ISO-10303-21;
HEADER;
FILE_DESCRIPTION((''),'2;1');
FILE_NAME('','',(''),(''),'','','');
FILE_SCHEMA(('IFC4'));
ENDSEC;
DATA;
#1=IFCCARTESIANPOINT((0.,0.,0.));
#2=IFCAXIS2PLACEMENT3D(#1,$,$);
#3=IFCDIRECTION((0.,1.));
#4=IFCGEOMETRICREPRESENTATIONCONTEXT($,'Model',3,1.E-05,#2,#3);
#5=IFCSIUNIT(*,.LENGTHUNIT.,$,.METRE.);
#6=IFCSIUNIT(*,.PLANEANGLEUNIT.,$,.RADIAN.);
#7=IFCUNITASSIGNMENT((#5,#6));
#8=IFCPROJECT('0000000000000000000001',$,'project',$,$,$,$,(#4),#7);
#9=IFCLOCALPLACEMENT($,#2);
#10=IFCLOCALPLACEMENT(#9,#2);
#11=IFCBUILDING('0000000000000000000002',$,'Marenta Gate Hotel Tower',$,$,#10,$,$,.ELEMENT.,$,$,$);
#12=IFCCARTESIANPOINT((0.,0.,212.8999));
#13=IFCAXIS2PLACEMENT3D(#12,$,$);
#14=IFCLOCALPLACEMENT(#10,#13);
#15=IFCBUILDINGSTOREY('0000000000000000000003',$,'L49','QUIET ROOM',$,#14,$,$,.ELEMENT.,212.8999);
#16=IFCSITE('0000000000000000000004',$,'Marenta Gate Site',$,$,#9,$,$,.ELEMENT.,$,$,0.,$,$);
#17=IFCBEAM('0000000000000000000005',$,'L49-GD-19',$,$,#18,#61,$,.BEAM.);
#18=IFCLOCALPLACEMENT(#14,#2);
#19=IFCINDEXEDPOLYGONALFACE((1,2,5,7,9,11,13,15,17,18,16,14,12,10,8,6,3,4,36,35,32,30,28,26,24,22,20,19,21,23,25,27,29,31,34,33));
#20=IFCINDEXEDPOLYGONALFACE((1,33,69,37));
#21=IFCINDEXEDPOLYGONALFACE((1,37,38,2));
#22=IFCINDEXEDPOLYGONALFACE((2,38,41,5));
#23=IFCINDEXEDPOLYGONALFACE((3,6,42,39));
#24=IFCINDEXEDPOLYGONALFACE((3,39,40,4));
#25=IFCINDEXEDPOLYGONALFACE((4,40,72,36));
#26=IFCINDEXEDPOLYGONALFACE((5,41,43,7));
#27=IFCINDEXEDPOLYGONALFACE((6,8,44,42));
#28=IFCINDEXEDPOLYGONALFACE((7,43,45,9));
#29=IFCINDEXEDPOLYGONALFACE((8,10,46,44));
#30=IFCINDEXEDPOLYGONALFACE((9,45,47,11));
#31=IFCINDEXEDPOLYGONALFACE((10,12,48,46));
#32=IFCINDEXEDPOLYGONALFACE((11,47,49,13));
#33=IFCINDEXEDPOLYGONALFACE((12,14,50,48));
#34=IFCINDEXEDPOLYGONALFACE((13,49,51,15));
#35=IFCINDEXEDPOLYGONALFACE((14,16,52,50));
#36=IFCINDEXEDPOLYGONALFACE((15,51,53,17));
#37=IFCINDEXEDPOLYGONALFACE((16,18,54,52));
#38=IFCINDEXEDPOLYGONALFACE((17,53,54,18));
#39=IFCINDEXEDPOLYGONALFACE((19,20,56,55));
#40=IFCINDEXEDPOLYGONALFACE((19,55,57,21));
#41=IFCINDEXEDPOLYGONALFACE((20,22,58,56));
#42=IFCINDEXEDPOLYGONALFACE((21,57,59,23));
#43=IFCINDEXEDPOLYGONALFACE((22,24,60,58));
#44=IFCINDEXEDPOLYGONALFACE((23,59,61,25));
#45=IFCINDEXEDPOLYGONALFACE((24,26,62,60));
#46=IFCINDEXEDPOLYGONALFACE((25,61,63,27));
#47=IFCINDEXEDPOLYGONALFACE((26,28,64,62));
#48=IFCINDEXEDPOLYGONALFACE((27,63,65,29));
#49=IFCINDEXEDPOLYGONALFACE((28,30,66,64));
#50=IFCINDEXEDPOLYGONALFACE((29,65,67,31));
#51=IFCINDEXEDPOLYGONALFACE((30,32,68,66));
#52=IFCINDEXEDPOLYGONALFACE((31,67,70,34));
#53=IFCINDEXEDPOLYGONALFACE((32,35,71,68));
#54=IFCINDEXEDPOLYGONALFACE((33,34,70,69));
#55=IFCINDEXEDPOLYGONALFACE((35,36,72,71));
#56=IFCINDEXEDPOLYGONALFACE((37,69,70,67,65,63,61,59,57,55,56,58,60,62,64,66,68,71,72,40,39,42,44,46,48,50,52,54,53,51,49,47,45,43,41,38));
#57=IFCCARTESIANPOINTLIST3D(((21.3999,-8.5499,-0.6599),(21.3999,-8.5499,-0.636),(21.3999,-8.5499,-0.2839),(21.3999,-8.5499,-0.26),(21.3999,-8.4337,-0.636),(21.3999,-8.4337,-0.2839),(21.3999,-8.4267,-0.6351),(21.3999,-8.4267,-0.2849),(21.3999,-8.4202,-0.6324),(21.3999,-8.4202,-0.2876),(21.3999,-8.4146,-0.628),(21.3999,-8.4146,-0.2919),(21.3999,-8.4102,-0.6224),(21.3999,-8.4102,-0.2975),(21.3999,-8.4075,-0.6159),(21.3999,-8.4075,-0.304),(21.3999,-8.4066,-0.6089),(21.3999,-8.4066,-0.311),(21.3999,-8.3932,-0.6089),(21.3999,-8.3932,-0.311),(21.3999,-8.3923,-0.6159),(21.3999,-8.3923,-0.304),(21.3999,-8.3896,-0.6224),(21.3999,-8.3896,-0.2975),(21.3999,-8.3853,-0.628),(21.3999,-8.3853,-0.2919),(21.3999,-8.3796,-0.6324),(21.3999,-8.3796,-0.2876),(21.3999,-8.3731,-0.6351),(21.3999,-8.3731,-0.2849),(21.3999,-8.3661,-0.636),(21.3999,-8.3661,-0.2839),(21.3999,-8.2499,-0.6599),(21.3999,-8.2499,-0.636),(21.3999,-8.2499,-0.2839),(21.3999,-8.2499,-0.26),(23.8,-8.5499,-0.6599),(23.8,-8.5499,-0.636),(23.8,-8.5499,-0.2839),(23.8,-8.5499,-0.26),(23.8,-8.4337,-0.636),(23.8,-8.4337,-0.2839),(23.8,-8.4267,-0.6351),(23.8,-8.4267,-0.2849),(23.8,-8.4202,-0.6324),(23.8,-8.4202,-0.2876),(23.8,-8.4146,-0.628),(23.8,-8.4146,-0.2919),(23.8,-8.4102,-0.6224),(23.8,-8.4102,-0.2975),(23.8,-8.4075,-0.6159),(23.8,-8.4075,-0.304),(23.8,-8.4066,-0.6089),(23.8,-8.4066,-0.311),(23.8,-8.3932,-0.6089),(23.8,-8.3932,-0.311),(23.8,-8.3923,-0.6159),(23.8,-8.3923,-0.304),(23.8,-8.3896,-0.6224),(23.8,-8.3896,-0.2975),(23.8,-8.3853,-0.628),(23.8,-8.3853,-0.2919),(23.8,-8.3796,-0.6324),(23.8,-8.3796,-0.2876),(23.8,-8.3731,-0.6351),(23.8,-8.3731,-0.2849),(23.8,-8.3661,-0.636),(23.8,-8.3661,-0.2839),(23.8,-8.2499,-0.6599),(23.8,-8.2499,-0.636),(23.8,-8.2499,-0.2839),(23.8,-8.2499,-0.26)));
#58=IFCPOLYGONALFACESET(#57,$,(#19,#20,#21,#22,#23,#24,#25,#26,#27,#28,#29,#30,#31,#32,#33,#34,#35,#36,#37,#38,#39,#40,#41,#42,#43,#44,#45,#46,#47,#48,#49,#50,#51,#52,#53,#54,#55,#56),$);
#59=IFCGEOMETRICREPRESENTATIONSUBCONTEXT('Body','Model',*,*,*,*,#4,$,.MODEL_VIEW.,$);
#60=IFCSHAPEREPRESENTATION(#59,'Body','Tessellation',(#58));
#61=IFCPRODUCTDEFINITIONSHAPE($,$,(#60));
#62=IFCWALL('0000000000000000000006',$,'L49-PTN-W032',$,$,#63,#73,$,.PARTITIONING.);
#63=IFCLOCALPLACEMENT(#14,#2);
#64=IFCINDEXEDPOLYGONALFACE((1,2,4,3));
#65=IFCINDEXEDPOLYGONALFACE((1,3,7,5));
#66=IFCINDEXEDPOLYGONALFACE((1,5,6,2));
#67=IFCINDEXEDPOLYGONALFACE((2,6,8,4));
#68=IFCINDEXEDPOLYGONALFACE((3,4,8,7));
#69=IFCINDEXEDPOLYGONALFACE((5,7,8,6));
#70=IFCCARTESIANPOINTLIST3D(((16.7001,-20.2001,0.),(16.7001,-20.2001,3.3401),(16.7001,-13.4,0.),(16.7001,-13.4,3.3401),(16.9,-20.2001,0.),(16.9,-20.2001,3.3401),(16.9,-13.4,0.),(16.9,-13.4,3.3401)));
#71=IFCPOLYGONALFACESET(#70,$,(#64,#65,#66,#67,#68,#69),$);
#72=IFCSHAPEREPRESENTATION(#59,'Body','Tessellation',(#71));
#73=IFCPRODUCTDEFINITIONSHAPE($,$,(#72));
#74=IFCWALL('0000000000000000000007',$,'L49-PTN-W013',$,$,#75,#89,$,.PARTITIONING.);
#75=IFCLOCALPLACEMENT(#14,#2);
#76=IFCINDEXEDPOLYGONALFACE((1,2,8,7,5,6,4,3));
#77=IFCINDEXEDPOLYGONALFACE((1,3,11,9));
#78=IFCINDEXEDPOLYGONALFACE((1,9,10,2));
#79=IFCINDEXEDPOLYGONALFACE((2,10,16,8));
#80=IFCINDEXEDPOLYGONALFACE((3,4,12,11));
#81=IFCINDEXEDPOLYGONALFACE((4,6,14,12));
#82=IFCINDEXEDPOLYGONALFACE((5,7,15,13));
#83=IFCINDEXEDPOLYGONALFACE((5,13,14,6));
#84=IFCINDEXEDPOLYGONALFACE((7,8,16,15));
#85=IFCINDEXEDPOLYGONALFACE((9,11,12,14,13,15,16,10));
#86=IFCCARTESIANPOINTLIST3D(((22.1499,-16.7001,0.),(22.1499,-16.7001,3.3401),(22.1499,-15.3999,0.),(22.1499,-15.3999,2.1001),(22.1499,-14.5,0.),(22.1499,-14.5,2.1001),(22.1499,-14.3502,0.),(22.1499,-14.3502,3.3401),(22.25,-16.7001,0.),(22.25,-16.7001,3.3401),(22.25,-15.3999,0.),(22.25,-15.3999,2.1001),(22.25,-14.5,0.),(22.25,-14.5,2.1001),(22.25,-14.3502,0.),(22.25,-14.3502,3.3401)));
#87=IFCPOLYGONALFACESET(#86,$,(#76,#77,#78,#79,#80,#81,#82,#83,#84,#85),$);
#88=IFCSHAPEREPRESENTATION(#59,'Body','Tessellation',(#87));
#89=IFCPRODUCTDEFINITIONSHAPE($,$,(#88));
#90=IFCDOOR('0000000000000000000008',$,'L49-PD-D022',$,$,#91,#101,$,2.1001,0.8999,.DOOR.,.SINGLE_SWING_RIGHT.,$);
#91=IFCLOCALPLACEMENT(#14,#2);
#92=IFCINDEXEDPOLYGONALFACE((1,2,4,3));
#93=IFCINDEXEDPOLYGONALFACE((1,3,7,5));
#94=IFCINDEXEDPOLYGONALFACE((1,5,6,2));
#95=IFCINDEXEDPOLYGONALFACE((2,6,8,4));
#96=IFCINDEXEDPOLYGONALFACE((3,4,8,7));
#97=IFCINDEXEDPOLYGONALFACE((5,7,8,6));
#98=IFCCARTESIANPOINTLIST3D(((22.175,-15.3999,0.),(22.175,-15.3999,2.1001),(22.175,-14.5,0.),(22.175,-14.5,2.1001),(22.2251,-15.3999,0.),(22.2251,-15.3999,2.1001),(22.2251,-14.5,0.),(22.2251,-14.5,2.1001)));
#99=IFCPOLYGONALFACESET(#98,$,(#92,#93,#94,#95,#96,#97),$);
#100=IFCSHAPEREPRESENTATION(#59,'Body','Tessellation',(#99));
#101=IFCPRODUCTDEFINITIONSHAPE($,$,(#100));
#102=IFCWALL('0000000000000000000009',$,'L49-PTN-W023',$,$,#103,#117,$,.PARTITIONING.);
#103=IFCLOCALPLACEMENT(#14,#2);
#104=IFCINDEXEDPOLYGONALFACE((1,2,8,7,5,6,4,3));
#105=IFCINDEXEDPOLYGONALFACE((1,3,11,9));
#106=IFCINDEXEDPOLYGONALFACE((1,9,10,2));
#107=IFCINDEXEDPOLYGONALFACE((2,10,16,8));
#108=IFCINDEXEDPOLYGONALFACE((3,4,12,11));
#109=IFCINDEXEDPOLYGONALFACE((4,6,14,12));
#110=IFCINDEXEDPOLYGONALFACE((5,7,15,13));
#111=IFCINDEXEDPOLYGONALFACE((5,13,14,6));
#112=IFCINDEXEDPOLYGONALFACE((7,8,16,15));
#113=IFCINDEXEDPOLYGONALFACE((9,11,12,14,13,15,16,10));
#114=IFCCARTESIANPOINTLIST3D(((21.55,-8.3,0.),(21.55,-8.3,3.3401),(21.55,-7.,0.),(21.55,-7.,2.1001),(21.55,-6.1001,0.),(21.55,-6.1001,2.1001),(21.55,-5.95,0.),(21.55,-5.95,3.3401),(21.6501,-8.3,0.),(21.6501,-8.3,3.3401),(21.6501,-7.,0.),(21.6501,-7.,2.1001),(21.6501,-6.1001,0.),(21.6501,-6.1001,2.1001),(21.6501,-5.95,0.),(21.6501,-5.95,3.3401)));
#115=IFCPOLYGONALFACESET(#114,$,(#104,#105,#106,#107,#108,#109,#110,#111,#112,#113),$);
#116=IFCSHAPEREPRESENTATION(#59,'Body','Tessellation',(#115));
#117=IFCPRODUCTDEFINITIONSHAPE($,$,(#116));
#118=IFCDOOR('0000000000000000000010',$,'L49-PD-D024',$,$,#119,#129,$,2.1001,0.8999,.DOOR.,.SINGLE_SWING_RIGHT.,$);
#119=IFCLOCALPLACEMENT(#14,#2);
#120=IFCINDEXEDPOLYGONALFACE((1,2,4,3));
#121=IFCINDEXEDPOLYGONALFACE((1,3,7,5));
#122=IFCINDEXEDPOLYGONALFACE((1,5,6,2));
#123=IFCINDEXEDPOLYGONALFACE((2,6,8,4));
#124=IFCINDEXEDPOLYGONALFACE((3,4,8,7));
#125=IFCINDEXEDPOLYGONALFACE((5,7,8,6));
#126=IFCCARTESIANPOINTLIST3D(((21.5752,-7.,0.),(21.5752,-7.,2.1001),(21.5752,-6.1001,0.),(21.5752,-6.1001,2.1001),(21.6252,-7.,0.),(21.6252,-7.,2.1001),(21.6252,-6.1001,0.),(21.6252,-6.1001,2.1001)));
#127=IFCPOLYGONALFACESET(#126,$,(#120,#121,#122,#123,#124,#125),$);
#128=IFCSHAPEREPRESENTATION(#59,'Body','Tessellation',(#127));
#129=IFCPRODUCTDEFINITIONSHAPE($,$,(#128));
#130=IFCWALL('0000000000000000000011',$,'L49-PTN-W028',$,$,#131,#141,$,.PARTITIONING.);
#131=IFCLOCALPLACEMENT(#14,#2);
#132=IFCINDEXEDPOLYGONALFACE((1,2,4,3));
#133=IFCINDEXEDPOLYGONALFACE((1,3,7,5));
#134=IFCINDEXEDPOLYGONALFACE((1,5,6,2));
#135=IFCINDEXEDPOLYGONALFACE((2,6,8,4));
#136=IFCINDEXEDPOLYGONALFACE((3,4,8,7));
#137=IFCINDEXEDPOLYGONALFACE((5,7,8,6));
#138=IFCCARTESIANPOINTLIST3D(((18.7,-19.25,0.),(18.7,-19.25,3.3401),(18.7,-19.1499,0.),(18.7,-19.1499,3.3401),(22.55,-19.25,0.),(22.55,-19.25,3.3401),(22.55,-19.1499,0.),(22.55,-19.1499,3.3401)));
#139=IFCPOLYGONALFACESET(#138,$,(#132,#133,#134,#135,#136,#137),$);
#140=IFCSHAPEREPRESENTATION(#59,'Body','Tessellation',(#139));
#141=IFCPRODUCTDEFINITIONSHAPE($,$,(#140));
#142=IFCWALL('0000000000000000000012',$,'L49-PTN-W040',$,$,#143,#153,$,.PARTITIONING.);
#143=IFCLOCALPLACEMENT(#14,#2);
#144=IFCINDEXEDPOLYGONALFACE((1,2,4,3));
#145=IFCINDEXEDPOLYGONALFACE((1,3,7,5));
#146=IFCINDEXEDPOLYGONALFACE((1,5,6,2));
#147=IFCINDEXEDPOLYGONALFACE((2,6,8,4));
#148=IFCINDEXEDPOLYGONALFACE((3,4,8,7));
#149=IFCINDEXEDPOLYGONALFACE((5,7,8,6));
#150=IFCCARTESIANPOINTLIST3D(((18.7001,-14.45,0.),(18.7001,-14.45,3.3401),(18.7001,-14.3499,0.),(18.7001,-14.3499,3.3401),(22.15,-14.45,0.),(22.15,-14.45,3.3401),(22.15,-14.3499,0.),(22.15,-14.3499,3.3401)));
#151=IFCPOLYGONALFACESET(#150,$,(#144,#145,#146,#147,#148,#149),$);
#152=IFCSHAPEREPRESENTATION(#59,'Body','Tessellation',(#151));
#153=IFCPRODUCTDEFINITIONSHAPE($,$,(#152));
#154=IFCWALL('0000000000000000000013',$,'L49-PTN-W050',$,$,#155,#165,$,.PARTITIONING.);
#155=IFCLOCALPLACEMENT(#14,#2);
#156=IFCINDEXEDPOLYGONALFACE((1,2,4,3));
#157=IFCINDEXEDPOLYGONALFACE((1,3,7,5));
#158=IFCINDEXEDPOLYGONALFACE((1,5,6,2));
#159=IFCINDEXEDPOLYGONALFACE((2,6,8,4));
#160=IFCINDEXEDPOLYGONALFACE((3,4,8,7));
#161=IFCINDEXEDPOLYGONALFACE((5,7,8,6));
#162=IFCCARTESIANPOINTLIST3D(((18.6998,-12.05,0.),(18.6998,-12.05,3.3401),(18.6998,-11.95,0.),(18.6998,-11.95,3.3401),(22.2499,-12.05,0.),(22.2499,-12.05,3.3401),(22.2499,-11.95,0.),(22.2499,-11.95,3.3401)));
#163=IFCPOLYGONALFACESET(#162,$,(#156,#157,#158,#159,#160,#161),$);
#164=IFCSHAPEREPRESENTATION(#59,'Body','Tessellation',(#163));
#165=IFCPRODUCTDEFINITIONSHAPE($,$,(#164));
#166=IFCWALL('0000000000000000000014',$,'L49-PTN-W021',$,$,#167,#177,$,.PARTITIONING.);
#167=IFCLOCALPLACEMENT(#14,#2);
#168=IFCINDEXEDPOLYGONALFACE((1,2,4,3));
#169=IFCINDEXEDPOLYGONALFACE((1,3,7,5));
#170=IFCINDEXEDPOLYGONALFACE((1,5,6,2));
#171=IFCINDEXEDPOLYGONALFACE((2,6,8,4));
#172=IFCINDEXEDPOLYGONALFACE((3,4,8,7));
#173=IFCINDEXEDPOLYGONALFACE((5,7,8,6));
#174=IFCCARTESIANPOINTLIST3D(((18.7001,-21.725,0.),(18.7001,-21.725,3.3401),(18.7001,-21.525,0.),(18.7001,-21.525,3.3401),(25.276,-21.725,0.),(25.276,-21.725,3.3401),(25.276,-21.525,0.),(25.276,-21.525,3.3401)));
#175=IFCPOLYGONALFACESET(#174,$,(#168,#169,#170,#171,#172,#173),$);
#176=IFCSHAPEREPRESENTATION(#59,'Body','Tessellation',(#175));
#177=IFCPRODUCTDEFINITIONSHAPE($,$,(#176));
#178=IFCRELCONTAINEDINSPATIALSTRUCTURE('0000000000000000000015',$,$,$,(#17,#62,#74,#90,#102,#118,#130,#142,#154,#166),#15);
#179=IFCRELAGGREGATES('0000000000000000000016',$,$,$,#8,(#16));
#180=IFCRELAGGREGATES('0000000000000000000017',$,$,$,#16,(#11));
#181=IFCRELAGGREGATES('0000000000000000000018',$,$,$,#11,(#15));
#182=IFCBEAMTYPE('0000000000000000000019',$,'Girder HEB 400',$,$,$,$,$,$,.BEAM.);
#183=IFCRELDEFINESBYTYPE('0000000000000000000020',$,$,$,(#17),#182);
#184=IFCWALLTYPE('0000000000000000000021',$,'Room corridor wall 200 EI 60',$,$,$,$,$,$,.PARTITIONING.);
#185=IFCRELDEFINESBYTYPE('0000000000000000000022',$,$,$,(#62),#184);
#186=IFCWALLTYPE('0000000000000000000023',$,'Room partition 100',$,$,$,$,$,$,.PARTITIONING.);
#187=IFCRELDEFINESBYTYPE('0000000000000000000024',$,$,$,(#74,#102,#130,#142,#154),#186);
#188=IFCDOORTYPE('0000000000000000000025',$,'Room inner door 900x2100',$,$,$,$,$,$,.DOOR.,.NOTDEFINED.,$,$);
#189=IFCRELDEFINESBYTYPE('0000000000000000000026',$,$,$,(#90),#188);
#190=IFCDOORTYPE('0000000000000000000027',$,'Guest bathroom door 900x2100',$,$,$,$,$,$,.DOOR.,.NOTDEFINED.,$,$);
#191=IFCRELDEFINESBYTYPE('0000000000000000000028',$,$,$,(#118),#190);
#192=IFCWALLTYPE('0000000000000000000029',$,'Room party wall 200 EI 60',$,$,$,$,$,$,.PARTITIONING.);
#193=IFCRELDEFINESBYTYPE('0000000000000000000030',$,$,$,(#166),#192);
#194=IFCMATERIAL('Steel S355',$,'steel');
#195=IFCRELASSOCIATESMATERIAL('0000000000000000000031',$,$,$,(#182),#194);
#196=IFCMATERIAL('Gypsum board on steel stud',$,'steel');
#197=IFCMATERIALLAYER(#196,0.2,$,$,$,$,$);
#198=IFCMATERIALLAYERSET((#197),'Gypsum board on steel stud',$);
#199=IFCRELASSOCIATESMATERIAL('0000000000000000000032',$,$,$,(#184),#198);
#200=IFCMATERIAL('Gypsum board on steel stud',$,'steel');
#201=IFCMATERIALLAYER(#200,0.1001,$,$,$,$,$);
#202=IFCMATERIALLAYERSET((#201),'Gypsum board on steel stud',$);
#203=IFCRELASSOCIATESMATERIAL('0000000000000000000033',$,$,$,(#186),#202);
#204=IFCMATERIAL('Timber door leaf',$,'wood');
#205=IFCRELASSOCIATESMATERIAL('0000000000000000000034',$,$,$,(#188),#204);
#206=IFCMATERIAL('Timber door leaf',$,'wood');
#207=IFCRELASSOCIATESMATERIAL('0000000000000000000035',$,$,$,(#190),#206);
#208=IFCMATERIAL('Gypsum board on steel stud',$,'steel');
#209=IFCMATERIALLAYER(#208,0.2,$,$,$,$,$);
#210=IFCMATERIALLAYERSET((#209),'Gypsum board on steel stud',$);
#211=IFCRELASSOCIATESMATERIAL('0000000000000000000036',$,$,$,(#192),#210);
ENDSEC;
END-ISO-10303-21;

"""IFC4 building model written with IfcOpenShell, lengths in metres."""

from ifc_helpers import new_model, si_unit, direction, frame, frame_2d, origin, origin_2d, place, context, subcontext, project, spatial, rectangle, i_section, extrude, material, layer, layer_set, material_profile, profile_set, type_object, element, fill, save


model = new_model("IFC4")

# Units and contexts
model_context = context("Model", 3, precision=1e-05, world=origin(), true_north=direction((0.0, 1.0)))
body_context = subcontext(model_context, "Body", "Model", "MODEL_VIEW")
ifc_project = project(units=[si_unit("LENGTHUNIT", "METRE"), si_unit("PLANEANGLEUNIT", "RADIAN")], contexts=[model_context])

# Site, building, storey
site_placement = place(None, origin())
site = spatial("IfcSite", under=ifc_project, at=site_placement, Name="Marenta Gate Site", CompositionType="ELEMENT", RefElevation=0.0)
building_placement = place(site_placement, origin())
building = spatial("IfcBuilding", under=site, at=building_placement, Name="Marenta Gate Hotel Tower", CompositionType="ELEMENT")
storey_placement = place(building_placement, frame((0.0, 0.0, 212.8999)))
storey = spatial("IfcBuildingStorey", under=building, at=storey_placement, Name="L49", Description="QUIET ROOM", CompositionType="ELEMENT", Elevation=212.8999)

# Beam
ifc_material_1 = material(Name="Steel S355", Category="steel")
ifc_material_profile_1 = material_profile(ifc_material_1, i_section(OverallWidth=0.3, OverallDepth=0.3999, WebThickness=0.0134, FlangeThickness=0.0239, FilletRadius=0.0271, at=origin_2d()), Name="HEB 400")
ifc_profile_set_1 = profile_set([ifc_material_profile_1], Name="Steel S355")
beam_type = type_object("IfcBeamType", Name="Girder HEB 400", PredefinedType="BEAM", material=ifc_profile_set_1)
beam_1_placement = place(storey_placement, frame((21.3999, -8.3999, -0.46), z_axis=(1.0, 0.0, 0.0), x_axis=(0.0, 1.0, 0.0)))
element("IfcBeam", 1, at=beam_1_placement, inside=storey, type_object=beam_type, Name="L49-GD-19", PredefinedType="BEAM", context=body_context, shape_type="SweptSolid", body=[
    extrude(i_section(OverallWidth=0.3, OverallDepth=0.3999, WebThickness=0.0134, FlangeThickness=0.0239, FilletRadius=0.0271, at=origin_2d()), origin(), (0.0, 0.0, 1.0), 2.4001),
])

# Wall
ifc_material_2 = material(Name="Gypsum board on steel stud", Category="steel")
ifc_layer_1 = layer(ifc_material_2, 0.2)
ifc_layer_set_1 = layer_set([ifc_layer_1], Name="Gypsum board on steel stud")
wall_type_1 = type_object("IfcWallType", Name="Room corridor wall 200 EI 60", PredefinedType="PARTITIONING", material=ifc_layer_set_1)
wall_1_placement = place(storey_placement, frame((16.8, -20.2, 0.0), z_axis=(0.0, 0.0, 1.0), x_axis=(0.0, 1.0, 0.0)))
element("IfcWall", 2, at=wall_1_placement, inside=storey, type_object=wall_type_1, Name="L49-PTN-W032", PredefinedType="PARTITIONING", context=body_context, shape_type="SweptSolid", body=[
    extrude(rectangle(XDim=6.8, YDim=0.2, at=frame_2d((3.3999, 0.0))), origin(), (0.0, 0.0, 1.0), 3.3401),
])

# Walls, openings, doors
ifc_material_3 = material(Name="Gypsum board on steel stud", Category="steel")
ifc_layer_2 = layer(ifc_material_3, 0.1001)
ifc_layer_set_2 = layer_set([ifc_layer_2], Name="Gypsum board on steel stud")
wall_type_2 = type_object("IfcWallType", Name="Room partition 100", PredefinedType="PARTITIONING", material=ifc_layer_set_2)
wall_2_placement = place(storey_placement, frame((22.2, -16.7, 0.0), z_axis=(0.0, 0.0, 1.0), x_axis=(0.0, 1.0, 0.0)))
wall_2 = element("IfcWall", 3, at=wall_2_placement, inside=storey, type_object=wall_type_2, Name="L49-PTN-W013", PredefinedType="PARTITIONING", context=body_context, shape_type="SweptSolid", body=[
    extrude(rectangle(XDim=2.3499, YDim=0.1001, at=frame_2d((1.1748, 0.0))), origin(), (0.0, 0.0, 1.0), 3.3401),
])
opening_1_placement = place(wall_2_placement, frame((1.3, 0.0, 0.0)))
opening_1 = element("IfcOpeningElement", 4, at=opening_1_placement, cuts=wall_2, PredefinedType="OPENING", context=body_context, shape_type="SweptSolid", body=[
    extrude(rectangle(XDim=0.8999, YDim=2.1001, at=frame_2d((0.45, 1.05))), frame((0.0, 0.05, 0.0), z_axis=(0.0, -1.0, 0.0), x_axis=(1.0, 0.0, 0.0)), (0.0, 0.0, 1.0), 0.1001),
])
ifc_material_4 = material(Name="Timber door leaf", Category="wood")
door_type_1 = type_object("IfcDoorType", Name="Room inner door 900x2100", OperationType="NOTDEFINED", PredefinedType="DOOR", material=ifc_material_4)
door_1_placement = place(opening_1_placement, origin())
door_1 = element("IfcDoor", 5, at=door_1_placement, inside=storey, type_object=door_type_1, Name="L49-PD-D022", OperationType="SINGLE_SWING_RIGHT", OverallHeight=2.1001, OverallWidth=0.8999, PredefinedType="DOOR", context=body_context, shape_type="SweptSolid", body=[
    extrude(rectangle(XDim=0.8999, YDim=2.1001, at=frame_2d((0.45, 1.05))), frame((0.0, 0.0249, 0.0), z_axis=(0.0, -1.0, 0.0), x_axis=(1.0, 0.0, 0.0)), (0.0, 0.0, 1.0), 0.05),
])
fill(opening_1, door_1)
wall_3_placement = place(storey_placement, frame((21.6001, -8.3, 0.0), z_axis=(0.0, 0.0, 1.0), x_axis=(0.0, 1.0, 0.0)))
wall_3 = element("IfcWall", 6, at=wall_3_placement, inside=storey, type_object=wall_type_2, Name="L49-PTN-W023", PredefinedType="PARTITIONING", context=body_context, shape_type="SweptSolid", body=[
    extrude(rectangle(XDim=2.3501, YDim=0.1001, at=frame_2d((1.175, 0.0))), origin(), (0.0, 0.0, 1.0), 3.3401),
])
opening_2_placement = place(wall_3_placement, frame((1.3, 0.0, 0.0)))
opening_2 = element("IfcOpeningElement", 7, at=opening_2_placement, cuts=wall_3, PredefinedType="OPENING", context=body_context, shape_type="SweptSolid", body=[
    extrude(rectangle(XDim=0.8999, YDim=2.1001, at=frame_2d((0.45, 1.05))), frame((0.0, 0.05, 0.0), z_axis=(0.0, -1.0, 0.0), x_axis=(1.0, 0.0, 0.0)), (0.0, 0.0, 1.0), 0.1001),
])
ifc_material_5 = material(Name="Timber door leaf", Category="wood")
door_type_2 = type_object("IfcDoorType", Name="Guest bathroom door 900x2100", OperationType="NOTDEFINED", PredefinedType="DOOR", material=ifc_material_5)
door_2_placement = place(opening_2_placement, origin())
door_2 = element("IfcDoor", 8, at=door_2_placement, inside=storey, type_object=door_type_2, Name="L49-PD-D024", OperationType="SINGLE_SWING_RIGHT", OverallHeight=2.1001, OverallWidth=0.8999, PredefinedType="DOOR", context=body_context, shape_type="SweptSolid", body=[
    extrude(rectangle(XDim=0.8999, YDim=2.1001, at=frame_2d((0.45, 1.05))), frame((0.0, 0.0249, 0.0), z_axis=(0.0, -1.0, 0.0), x_axis=(1.0, 0.0, 0.0)), (0.0, 0.0, 1.0), 0.05),
])
fill(opening_2, door_2)

# Walls
wall_4_placement = place(storey_placement, frame((18.7, -19.2, 0.0), z_axis=(0.0, 0.0, 1.0), x_axis=(1.0, 0.0, 0.0)))
element("IfcWall", 9, at=wall_4_placement, inside=storey, type_object=wall_type_2, Name="L49-PTN-W028", PredefinedType="PARTITIONING", context=body_context, shape_type="SweptSolid", body=[
    extrude(rectangle(XDim=3.8501, YDim=0.1001, at=frame_2d((1.925, 0.0))), origin(), (0.0, 0.0, 1.0), 3.3401),
])
wall_5_placement = place(storey_placement, frame((18.7, -14.3999, 0.0), z_axis=(0.0, 0.0, 1.0), x_axis=(1.0, 0.0, 0.0)))
element("IfcWall", 10, at=wall_5_placement, inside=storey, type_object=wall_type_2, Name="L49-PTN-W040", PredefinedType="PARTITIONING", context=body_context, shape_type="SweptSolid", body=[
    extrude(rectangle(XDim=3.45, YDim=0.1001, at=frame_2d((1.7251, 0.0))), origin(), (0.0, 0.0, 1.0), 3.3401),
])
wall_6_placement = place(storey_placement, frame((18.7, -12.0, 0.0), z_axis=(0.0, 0.0, 1.0), x_axis=(1.0, 0.0, 0.0)))
element("IfcWall", 11, at=wall_6_placement, inside=storey, type_object=wall_type_2, Name="L49-PTN-W050", PredefinedType="PARTITIONING", context=body_context, shape_type="SweptSolid", body=[
    extrude(rectangle(XDim=3.55, YDim=0.1001, at=frame_2d((1.7749, 0.0))), origin(), (0.0, 0.0, 1.0), 3.3401),
])
ifc_material_6 = material(Name="Gypsum board on steel stud", Category="steel")
ifc_layer_3 = layer(ifc_material_6, 0.2)
ifc_layer_set_3 = layer_set([ifc_layer_3], Name="Gypsum board on steel stud")
wall_type_3 = type_object("IfcWallType", Name="Room party wall 200 EI 60", PredefinedType="PARTITIONING", material=ifc_layer_set_3)
wall_7_placement = place(storey_placement, frame((18.7, -21.625, 0.0), z_axis=(0.0, 0.0, 1.0), x_axis=(1.0, 0.0, 0.0)))
element("IfcWall", 12, at=wall_7_placement, inside=storey, type_object=wall_type_3, Name="L49-PTN-W021", PredefinedType="PARTITIONING", context=body_context, shape_type="SweptSolid", body=[
    extrude(rectangle(XDim=6.5759, YDim=0.2, at=frame_2d((3.2881, 0.0))), origin(), (0.0, 0.0, 1.0), 3.3401),
])

save(model, "model.ifc")
